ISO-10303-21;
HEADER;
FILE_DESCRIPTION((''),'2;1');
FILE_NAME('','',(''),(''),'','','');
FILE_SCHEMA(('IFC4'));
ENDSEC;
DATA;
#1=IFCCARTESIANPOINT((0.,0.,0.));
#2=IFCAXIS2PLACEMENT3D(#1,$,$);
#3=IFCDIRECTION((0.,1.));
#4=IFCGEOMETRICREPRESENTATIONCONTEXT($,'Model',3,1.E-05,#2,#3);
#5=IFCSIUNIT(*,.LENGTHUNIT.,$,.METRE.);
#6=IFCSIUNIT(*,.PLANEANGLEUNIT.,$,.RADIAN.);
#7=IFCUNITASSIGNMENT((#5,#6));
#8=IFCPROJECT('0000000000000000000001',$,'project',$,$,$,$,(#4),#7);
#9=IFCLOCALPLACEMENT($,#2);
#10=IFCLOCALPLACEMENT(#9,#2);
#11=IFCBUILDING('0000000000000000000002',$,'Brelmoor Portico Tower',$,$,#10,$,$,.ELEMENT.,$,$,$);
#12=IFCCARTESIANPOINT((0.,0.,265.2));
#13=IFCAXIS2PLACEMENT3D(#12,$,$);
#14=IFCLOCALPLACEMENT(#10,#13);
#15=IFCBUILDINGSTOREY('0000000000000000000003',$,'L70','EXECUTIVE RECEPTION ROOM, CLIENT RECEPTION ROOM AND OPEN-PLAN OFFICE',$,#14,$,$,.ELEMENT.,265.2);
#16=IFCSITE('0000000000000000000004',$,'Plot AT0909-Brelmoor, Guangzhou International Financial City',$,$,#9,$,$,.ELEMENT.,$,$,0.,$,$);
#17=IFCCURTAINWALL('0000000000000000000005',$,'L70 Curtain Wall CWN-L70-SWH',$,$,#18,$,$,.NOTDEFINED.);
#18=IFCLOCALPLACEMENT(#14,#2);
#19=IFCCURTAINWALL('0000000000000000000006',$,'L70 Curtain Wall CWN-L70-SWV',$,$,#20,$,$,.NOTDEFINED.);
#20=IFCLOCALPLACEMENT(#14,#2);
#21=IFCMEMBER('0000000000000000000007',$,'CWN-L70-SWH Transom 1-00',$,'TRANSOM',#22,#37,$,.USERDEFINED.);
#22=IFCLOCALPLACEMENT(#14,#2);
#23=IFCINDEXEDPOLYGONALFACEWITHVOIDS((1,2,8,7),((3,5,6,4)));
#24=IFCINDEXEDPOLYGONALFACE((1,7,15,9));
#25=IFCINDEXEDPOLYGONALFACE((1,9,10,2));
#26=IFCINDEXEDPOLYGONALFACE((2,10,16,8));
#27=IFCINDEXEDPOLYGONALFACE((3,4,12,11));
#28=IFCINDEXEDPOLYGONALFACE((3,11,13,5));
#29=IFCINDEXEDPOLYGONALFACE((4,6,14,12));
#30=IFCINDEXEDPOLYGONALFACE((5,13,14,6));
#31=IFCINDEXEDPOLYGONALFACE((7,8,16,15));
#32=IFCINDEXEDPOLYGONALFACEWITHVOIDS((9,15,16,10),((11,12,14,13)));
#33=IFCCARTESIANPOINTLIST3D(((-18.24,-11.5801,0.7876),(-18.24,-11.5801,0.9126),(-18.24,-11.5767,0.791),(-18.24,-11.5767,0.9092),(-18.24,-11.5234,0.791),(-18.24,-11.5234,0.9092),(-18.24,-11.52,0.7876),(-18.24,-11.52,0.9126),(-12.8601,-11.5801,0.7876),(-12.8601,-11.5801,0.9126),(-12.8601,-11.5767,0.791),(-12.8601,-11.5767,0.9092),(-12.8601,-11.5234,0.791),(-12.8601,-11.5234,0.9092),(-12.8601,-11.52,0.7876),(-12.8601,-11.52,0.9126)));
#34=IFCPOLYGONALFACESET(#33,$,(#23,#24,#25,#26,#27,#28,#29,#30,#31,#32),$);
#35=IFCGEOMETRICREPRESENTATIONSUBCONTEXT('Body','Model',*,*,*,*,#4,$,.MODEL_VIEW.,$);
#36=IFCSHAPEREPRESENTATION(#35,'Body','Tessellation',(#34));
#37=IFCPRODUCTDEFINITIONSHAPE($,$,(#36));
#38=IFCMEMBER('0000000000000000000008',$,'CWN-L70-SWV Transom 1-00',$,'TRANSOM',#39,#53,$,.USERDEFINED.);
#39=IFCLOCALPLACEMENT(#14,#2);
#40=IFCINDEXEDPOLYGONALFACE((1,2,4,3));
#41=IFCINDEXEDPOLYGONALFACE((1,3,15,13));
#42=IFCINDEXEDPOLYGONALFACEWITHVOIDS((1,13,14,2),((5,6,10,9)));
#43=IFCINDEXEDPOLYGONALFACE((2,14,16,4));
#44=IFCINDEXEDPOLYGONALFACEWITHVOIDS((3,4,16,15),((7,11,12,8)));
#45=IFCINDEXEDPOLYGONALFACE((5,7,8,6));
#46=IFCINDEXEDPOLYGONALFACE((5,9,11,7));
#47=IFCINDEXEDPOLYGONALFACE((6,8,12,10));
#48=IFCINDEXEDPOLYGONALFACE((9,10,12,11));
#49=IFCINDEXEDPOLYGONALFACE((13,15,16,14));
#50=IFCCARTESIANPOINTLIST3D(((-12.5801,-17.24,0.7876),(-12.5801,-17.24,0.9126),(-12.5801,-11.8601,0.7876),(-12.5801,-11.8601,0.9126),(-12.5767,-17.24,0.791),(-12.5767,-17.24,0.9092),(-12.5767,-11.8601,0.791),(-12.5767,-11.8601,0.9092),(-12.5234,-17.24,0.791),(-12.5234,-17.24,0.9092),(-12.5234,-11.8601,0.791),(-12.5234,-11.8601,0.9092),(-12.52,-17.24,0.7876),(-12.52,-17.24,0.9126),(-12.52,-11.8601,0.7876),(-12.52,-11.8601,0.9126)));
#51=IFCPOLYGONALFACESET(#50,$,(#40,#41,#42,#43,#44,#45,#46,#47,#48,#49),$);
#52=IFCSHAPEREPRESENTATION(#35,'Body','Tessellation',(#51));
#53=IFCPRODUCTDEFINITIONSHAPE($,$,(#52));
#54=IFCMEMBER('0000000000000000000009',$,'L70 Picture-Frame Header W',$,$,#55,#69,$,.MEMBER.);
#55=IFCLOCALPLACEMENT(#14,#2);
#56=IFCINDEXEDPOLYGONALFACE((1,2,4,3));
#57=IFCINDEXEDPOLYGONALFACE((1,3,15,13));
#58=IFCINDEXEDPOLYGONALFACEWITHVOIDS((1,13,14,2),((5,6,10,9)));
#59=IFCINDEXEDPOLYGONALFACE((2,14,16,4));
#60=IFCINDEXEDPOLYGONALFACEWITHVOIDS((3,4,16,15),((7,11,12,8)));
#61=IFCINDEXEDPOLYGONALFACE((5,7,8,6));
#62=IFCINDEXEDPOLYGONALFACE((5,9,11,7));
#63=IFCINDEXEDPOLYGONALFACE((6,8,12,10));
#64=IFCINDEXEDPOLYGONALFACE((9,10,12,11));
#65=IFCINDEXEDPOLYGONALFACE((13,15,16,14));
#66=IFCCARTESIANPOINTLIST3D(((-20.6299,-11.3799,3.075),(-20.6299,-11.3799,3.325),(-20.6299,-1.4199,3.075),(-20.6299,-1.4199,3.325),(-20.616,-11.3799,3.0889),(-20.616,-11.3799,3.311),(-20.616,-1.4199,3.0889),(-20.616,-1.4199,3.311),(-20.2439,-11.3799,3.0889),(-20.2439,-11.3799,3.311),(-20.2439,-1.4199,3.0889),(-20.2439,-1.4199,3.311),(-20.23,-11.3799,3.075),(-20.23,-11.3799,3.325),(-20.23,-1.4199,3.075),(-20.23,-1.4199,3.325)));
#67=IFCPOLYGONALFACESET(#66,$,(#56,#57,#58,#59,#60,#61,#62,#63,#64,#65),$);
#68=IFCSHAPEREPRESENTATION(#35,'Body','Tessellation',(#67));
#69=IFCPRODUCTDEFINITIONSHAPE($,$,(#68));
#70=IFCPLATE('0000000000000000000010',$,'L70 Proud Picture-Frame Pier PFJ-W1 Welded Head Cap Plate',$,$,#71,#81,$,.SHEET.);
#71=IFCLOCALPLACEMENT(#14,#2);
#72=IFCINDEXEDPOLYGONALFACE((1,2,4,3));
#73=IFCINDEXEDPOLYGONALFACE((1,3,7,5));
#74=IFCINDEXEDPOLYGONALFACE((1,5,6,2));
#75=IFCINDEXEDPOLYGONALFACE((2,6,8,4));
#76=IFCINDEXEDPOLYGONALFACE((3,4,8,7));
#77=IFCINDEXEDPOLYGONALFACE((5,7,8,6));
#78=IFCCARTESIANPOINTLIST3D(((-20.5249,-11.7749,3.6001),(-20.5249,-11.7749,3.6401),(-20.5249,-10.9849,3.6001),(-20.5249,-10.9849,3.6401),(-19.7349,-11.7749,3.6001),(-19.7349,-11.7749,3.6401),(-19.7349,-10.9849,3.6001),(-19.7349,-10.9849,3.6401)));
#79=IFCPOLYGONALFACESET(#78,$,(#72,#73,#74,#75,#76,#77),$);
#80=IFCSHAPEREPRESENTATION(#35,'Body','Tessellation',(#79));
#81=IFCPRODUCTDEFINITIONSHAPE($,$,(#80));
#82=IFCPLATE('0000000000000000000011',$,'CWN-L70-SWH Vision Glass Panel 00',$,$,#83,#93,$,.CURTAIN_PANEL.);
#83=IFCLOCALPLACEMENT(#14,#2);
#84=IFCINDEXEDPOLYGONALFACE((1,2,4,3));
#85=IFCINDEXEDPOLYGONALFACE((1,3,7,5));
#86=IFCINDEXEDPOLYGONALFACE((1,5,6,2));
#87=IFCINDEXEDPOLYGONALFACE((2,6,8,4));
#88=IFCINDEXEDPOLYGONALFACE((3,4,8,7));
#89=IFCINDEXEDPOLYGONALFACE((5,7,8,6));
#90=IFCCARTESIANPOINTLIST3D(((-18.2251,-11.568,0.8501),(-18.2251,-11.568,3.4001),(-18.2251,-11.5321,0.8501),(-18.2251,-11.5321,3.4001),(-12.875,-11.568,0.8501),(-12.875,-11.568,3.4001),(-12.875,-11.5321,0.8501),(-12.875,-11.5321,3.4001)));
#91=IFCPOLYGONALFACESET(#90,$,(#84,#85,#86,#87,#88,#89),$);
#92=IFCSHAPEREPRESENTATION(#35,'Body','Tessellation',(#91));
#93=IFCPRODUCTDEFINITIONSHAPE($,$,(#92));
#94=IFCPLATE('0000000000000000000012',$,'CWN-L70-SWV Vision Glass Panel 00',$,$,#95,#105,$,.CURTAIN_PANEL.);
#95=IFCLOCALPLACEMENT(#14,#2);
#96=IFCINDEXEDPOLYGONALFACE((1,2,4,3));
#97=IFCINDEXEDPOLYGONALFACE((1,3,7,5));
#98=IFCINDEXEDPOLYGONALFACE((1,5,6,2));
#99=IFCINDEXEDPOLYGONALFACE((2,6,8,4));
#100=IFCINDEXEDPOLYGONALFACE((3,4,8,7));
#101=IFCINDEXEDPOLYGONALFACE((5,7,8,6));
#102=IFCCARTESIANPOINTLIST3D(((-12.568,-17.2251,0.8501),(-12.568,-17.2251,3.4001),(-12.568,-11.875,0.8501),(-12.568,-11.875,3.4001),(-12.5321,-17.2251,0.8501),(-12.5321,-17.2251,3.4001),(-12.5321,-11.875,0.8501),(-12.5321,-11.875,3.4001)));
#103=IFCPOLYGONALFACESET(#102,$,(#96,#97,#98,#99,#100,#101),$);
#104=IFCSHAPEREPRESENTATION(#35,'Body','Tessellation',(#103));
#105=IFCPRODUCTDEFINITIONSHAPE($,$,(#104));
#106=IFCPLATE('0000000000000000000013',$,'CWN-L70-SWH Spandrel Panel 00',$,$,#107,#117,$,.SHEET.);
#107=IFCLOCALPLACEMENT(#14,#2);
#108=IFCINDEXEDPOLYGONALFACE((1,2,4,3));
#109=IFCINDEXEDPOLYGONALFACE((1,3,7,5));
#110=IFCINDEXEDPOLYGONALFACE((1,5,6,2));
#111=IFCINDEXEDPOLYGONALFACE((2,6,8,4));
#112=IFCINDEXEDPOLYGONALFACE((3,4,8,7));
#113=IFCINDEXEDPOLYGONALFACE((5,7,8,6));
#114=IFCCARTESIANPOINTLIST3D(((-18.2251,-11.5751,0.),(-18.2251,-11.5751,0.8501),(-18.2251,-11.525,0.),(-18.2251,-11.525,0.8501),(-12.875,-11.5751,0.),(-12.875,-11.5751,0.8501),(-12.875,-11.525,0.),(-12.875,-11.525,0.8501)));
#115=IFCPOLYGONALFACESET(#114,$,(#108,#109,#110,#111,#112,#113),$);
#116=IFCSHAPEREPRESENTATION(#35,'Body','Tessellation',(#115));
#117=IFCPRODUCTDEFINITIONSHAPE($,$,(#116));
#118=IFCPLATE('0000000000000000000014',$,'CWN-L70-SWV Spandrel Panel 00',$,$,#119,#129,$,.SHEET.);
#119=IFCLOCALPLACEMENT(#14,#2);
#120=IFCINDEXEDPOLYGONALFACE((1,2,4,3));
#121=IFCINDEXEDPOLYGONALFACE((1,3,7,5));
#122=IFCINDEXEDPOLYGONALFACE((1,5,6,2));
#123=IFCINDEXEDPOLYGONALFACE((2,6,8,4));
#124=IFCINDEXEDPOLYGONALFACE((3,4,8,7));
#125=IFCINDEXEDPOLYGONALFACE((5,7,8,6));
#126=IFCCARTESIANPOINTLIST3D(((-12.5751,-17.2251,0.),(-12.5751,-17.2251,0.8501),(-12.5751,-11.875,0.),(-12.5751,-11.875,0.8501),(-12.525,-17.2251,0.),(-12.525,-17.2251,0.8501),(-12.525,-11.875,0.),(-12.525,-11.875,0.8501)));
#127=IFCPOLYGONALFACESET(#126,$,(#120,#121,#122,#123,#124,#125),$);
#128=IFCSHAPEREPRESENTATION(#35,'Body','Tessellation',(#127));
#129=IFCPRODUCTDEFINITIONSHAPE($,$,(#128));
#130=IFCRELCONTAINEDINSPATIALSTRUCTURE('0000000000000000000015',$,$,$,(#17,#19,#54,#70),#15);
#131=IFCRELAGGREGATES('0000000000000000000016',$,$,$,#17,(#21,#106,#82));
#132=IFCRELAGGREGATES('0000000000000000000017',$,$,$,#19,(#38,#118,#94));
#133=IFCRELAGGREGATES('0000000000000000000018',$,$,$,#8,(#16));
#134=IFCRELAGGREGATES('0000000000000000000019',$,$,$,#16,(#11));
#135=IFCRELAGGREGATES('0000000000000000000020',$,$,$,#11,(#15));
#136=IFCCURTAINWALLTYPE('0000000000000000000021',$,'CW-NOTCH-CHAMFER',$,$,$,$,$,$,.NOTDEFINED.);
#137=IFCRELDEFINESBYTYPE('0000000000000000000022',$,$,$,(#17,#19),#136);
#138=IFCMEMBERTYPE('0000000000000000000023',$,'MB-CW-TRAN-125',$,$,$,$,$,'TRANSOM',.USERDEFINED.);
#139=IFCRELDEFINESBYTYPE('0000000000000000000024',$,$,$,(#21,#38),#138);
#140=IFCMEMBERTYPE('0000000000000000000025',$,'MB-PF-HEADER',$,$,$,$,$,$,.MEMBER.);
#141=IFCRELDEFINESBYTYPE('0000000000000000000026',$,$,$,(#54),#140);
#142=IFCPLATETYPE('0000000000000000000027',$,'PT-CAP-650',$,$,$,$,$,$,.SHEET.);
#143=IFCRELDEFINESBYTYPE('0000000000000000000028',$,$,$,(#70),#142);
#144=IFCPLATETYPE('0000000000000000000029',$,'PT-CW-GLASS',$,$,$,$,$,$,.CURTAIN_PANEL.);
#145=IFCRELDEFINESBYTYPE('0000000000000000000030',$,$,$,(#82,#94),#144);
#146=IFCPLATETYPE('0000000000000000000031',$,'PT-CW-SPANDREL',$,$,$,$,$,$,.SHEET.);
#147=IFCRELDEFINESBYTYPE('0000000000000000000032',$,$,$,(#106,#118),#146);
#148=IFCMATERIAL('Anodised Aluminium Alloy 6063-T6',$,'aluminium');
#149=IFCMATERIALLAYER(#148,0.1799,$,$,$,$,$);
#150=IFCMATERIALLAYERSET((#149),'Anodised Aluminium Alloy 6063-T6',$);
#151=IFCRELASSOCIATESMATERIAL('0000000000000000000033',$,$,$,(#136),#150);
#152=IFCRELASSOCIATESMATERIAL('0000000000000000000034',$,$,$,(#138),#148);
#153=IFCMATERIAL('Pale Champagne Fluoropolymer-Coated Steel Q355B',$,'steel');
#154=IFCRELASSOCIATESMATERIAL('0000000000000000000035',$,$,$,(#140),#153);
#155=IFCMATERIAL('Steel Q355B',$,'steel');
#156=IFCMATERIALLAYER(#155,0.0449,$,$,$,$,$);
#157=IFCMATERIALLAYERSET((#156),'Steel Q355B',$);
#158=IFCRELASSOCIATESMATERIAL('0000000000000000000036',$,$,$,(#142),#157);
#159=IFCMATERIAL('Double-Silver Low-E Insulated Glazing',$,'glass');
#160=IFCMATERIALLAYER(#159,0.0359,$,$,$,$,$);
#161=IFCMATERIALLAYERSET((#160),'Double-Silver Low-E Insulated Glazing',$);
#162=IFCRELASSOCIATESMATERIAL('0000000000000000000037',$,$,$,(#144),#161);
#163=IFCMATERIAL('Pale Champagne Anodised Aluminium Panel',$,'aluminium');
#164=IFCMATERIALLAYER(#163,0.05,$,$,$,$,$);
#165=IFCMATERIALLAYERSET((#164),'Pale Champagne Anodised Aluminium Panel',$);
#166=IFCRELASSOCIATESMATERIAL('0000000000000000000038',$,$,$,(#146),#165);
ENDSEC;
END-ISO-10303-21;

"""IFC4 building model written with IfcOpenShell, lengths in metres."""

from ifc_helpers import new_model, si_unit, direction, frame, origin, origin_2d, place, context, subcontext, project, spatial, rectangle, hollow_rectangle, extrude, material, layer, layer_set, material_profile, profile_set, type_object, element, aggregate, save


model = new_model("IFC4")

# Units and contexts
model_context = context("Model", 3, precision=1e-05, world=origin(), true_north=direction((0.0, 1.0)))
body_context = subcontext(model_context, "Body", "Model", "MODEL_VIEW")
ifc_project = project(units=[si_unit("LENGTHUNIT", "METRE"), si_unit("PLANEANGLEUNIT", "RADIAN")], contexts=[model_context])

# Site, building, storey
site_placement = place(None, origin())
site = spatial("IfcSite", under=ifc_project, at=site_placement, Name="Plot AT0909-Brelmoor, Guangzhou International Financial City", CompositionType="ELEMENT", RefElevation=0.0)
building_placement = place(site_placement, origin())
building = spatial("IfcBuilding", under=site, at=building_placement, Name="Brelmoor Portico Tower", CompositionType="ELEMENT")
storey_placement = place(building_placement, frame((0.0, 0.0, 265.2)))
storey = spatial("IfcBuildingStorey", under=building, at=storey_placement, Name="L70", Description="EXECUTIVE RECEPTION ROOM, CLIENT RECEPTION ROOM AND OPEN-PLAN OFFICE", CompositionType="ELEMENT", Elevation=265.2)

# Shared definitions
ifc_material_1 = material(Name="Steel Q355B", Category="steel")

# Curtain wall
ifc_material_2 = material(Name="Anodised Aluminium Alloy 6063-T6", Category="aluminium")
ifc_layer_1 = layer(ifc_material_2, 0.1799)
ifc_layer_set_1 = layer_set([ifc_layer_1], Name="Anodised Aluminium Alloy 6063-T6")
curtain_wall_type = type_object("IfcCurtainWallType", Name="CW-NOTCH-CHAMFER", PredefinedType="NOTDEFINED", material=ifc_layer_set_1)
curtain_wall_1_placement = place(storey_placement, origin())
curtain_wall_1 = element("IfcCurtainWall", 1, at=curtain_wall_1_placement, inside=storey, type_object=curtain_wall_type, Name="L70 Curtain Wall CWN-L70-SWH", PredefinedType="NOTDEFINED")

# Curtain wall
curtain_wall_2_placement = place(storey_placement, origin())
curtain_wall_2 = element("IfcCurtainWall", 2, at=curtain_wall_2_placement, inside=storey, type_object=curtain_wall_type, Name="L70 Curtain Wall CWN-L70-SWV", PredefinedType="NOTDEFINED")

# Members
ifc_material_profile_1 = material_profile(ifc_material_2, hollow_rectangle(XDim=0.0601, YDim=0.125, WallThickness=0.0034, at=origin_2d()), Name="ALU TRANSOM 60x125")
ifc_profile_set_1 = profile_set([ifc_material_profile_1], Name="Anodised Aluminium Alloy 6063-T6")
member_type_1 = type_object("IfcMemberType", Name="MB-CW-TRAN-125", ElementType="TRANSOM", PredefinedType="USERDEFINED", material=ifc_profile_set_1)
member_1_placement = place(storey_placement, frame((-18.24, -11.55, 0.8501), z_axis=(1.0, 0.0, 0.0), x_axis=(0.0, 1.0, 0.0)))
member_1 = element("IfcMember", 3, at=member_1_placement, type_object=member_type_1, Name="CWN-L70-SWH Transom 1-00", ObjectType="TRANSOM", PredefinedType="USERDEFINED", context=body_context, shape_type="SweptSolid", body=[
    extrude(hollow_rectangle(XDim=0.0601, YDim=0.125, WallThickness=0.0034, at=origin_2d()), origin(), (0.0, 0.0, 1.0), 5.3799),
])
member_2_placement = place(storey_placement, frame((-12.55, -17.24, 0.8501), z_axis=(0.0, 1.0, 0.0), x_axis=(-1.0, 0.0, 0.0)))
member_2 = element("IfcMember", 4, at=member_2_placement, type_object=member_type_1, Name="CWN-L70-SWV Transom 1-00", ObjectType="TRANSOM", PredefinedType="USERDEFINED", context=body_context, shape_type="SweptSolid", body=[
    extrude(hollow_rectangle(XDim=0.0601, YDim=0.125, WallThickness=0.0034, at=origin_2d()), origin(), (0.0, 0.0, 1.0), 5.3799),
])
ifc_material_3 = material(Name="Pale Champagne Fluoropolymer-Coated Steel Q355B", Category="steel")
ifc_material_profile_2 = material_profile(ifc_material_3, hollow_rectangle(XDim=0.25, YDim=0.3999, WallThickness=0.0139, at=origin_2d()), Name="RHS 250x400x14")
ifc_profile_set_2 = profile_set([ifc_material_profile_2], Name="Pale Champagne Fluoropolymer-Coated Steel Q355B")
member_type_2 = type_object("IfcMemberType", Name="MB-PF-HEADER", PredefinedType="MEMBER", material=ifc_profile_set_2)
member_3_placement = place(storey_placement, frame((-20.4299, -11.3799, 3.2), z_axis=(0.0, 1.0, 0.0), x_axis=(0.0, 0.0, 1.0)))
element("IfcMember", 5, at=member_3_placement, inside=storey, type_object=member_type_2, Name="L70 Picture-Frame Header W", PredefinedType="MEMBER", context=body_context, shape_type="SweptSolid", body=[
    extrude(hollow_rectangle(XDim=0.25, YDim=0.3999, WallThickness=0.0139, at=origin_2d()), origin(), (0.0, 0.0, 1.0), 9.96),
])

# Plates
ifc_layer_2 = layer(ifc_material_1, 0.0449)
ifc_layer_set_2 = layer_set([ifc_layer_2], Name="Steel Q355B")
plate_type_1 = type_object("IfcPlateType", Name="PT-CAP-650", PredefinedType="SHEET", material=ifc_layer_set_2)
plate_1_placement = place(storey_placement, frame((-20.1299, -11.3799, 3.6001), z_axis=(0.0, 0.0, 1.0), x_axis=(0.0, 1.0, 0.0)))
element("IfcPlate", 6, at=plate_1_placement, inside=storey, type_object=plate_type_1, Name="L70 Proud Picture-Frame Pier PFJ-W1 Welded Head Cap Plate", PredefinedType="SHEET", context=body_context, shape_type="SweptSolid", body=[
    extrude(rectangle(XDim=0.79, YDim=0.79, at=origin_2d()), origin(), (0.0, 0.0, 1.0), 0.04),
])
ifc_material_4 = material(Name="Double-Silver Low-E Insulated Glazing", Category="glass")
ifc_layer_3 = layer(ifc_material_4, 0.0359)
ifc_layer_set_3 = layer_set([ifc_layer_3], Name="Double-Silver Low-E Insulated Glazing")
plate_type_2 = type_object("IfcPlateType", Name="PT-CW-GLASS", PredefinedType="CURTAIN_PANEL", material=ifc_layer_set_3)
plate_2_placement = place(storey_placement, frame((-15.55, -11.55, 0.8501), z_axis=(0.0, 0.0, 1.0), x_axis=(1.0, 0.0, 0.0)))
plate_2 = element("IfcPlate", 7, at=plate_2_placement, type_object=plate_type_2, Name="CWN-L70-SWH Vision Glass Panel 00", PredefinedType="CURTAIN_PANEL", context=body_context, shape_type="SweptSolid", body=[
    extrude(rectangle(XDim=5.3501, YDim=0.0359, at=origin_2d()), origin(), (0.0, 0.0, 1.0), 2.55),
])
plate_3_placement = place(storey_placement, frame((-12.55, -14.55, 0.8501), z_axis=(0.0, 0.0, 1.0), x_axis=(0.0, 1.0, 0.0)))
plate_3 = element("IfcPlate", 8, at=plate_3_placement, type_object=plate_type_2, Name="CWN-L70-SWV Vision Glass Panel 00", PredefinedType="CURTAIN_PANEL", context=body_context, shape_type="SweptSolid", body=[
    extrude(rectangle(XDim=5.3501, YDim=0.0359, at=origin_2d()), origin(), (0.0, 0.0, 1.0), 2.55),
])
ifc_material_5 = material(Name="Pale Champagne Anodised Aluminium Panel", Category="aluminium")
ifc_layer_4 = layer(ifc_material_5, 0.05)
ifc_layer_set_4 = layer_set([ifc_layer_4], Name="Pale Champagne Anodised Aluminium Panel")
plate_type_3 = type_object("IfcPlateType", Name="PT-CW-SPANDREL", PredefinedType="SHEET", material=ifc_layer_set_4)
plate_4_placement = place(storey_placement, frame((-15.55, -11.55, 0.0), z_axis=(0.0, 0.0, 1.0), x_axis=(1.0, 0.0, 0.0)))
plate_4 = element("IfcPlate", 9, at=plate_4_placement, type_object=plate_type_3, Name="CWN-L70-SWH Spandrel Panel 00", PredefinedType="SHEET", context=body_context, shape_type="SweptSolid", body=[
    extrude(rectangle(XDim=5.3501, YDim=0.05, at=origin_2d()), origin(), (0.0, 0.0, 1.0), 0.8501),
])
aggregate(curtain_wall_1, [member_1, plate_4, plate_2])
plate_5_placement = place(storey_placement, frame((-12.55, -14.55, 0.0), z_axis=(0.0, 0.0, 1.0), x_axis=(0.0, 1.0, 0.0)))
plate_5 = element("IfcPlate", 10, at=plate_5_placement, type_object=plate_type_3, Name="CWN-L70-SWV Spandrel Panel 00", PredefinedType="SHEET", context=body_context, shape_type="SweptSolid", body=[
    extrude(rectangle(XDim=5.3501, YDim=0.05, at=origin_2d()), origin(), (0.0, 0.0, 1.0), 0.8501),
])
aggregate(curtain_wall_2, [member_2, plate_5, plate_3])

save(model, "model.ifc")
